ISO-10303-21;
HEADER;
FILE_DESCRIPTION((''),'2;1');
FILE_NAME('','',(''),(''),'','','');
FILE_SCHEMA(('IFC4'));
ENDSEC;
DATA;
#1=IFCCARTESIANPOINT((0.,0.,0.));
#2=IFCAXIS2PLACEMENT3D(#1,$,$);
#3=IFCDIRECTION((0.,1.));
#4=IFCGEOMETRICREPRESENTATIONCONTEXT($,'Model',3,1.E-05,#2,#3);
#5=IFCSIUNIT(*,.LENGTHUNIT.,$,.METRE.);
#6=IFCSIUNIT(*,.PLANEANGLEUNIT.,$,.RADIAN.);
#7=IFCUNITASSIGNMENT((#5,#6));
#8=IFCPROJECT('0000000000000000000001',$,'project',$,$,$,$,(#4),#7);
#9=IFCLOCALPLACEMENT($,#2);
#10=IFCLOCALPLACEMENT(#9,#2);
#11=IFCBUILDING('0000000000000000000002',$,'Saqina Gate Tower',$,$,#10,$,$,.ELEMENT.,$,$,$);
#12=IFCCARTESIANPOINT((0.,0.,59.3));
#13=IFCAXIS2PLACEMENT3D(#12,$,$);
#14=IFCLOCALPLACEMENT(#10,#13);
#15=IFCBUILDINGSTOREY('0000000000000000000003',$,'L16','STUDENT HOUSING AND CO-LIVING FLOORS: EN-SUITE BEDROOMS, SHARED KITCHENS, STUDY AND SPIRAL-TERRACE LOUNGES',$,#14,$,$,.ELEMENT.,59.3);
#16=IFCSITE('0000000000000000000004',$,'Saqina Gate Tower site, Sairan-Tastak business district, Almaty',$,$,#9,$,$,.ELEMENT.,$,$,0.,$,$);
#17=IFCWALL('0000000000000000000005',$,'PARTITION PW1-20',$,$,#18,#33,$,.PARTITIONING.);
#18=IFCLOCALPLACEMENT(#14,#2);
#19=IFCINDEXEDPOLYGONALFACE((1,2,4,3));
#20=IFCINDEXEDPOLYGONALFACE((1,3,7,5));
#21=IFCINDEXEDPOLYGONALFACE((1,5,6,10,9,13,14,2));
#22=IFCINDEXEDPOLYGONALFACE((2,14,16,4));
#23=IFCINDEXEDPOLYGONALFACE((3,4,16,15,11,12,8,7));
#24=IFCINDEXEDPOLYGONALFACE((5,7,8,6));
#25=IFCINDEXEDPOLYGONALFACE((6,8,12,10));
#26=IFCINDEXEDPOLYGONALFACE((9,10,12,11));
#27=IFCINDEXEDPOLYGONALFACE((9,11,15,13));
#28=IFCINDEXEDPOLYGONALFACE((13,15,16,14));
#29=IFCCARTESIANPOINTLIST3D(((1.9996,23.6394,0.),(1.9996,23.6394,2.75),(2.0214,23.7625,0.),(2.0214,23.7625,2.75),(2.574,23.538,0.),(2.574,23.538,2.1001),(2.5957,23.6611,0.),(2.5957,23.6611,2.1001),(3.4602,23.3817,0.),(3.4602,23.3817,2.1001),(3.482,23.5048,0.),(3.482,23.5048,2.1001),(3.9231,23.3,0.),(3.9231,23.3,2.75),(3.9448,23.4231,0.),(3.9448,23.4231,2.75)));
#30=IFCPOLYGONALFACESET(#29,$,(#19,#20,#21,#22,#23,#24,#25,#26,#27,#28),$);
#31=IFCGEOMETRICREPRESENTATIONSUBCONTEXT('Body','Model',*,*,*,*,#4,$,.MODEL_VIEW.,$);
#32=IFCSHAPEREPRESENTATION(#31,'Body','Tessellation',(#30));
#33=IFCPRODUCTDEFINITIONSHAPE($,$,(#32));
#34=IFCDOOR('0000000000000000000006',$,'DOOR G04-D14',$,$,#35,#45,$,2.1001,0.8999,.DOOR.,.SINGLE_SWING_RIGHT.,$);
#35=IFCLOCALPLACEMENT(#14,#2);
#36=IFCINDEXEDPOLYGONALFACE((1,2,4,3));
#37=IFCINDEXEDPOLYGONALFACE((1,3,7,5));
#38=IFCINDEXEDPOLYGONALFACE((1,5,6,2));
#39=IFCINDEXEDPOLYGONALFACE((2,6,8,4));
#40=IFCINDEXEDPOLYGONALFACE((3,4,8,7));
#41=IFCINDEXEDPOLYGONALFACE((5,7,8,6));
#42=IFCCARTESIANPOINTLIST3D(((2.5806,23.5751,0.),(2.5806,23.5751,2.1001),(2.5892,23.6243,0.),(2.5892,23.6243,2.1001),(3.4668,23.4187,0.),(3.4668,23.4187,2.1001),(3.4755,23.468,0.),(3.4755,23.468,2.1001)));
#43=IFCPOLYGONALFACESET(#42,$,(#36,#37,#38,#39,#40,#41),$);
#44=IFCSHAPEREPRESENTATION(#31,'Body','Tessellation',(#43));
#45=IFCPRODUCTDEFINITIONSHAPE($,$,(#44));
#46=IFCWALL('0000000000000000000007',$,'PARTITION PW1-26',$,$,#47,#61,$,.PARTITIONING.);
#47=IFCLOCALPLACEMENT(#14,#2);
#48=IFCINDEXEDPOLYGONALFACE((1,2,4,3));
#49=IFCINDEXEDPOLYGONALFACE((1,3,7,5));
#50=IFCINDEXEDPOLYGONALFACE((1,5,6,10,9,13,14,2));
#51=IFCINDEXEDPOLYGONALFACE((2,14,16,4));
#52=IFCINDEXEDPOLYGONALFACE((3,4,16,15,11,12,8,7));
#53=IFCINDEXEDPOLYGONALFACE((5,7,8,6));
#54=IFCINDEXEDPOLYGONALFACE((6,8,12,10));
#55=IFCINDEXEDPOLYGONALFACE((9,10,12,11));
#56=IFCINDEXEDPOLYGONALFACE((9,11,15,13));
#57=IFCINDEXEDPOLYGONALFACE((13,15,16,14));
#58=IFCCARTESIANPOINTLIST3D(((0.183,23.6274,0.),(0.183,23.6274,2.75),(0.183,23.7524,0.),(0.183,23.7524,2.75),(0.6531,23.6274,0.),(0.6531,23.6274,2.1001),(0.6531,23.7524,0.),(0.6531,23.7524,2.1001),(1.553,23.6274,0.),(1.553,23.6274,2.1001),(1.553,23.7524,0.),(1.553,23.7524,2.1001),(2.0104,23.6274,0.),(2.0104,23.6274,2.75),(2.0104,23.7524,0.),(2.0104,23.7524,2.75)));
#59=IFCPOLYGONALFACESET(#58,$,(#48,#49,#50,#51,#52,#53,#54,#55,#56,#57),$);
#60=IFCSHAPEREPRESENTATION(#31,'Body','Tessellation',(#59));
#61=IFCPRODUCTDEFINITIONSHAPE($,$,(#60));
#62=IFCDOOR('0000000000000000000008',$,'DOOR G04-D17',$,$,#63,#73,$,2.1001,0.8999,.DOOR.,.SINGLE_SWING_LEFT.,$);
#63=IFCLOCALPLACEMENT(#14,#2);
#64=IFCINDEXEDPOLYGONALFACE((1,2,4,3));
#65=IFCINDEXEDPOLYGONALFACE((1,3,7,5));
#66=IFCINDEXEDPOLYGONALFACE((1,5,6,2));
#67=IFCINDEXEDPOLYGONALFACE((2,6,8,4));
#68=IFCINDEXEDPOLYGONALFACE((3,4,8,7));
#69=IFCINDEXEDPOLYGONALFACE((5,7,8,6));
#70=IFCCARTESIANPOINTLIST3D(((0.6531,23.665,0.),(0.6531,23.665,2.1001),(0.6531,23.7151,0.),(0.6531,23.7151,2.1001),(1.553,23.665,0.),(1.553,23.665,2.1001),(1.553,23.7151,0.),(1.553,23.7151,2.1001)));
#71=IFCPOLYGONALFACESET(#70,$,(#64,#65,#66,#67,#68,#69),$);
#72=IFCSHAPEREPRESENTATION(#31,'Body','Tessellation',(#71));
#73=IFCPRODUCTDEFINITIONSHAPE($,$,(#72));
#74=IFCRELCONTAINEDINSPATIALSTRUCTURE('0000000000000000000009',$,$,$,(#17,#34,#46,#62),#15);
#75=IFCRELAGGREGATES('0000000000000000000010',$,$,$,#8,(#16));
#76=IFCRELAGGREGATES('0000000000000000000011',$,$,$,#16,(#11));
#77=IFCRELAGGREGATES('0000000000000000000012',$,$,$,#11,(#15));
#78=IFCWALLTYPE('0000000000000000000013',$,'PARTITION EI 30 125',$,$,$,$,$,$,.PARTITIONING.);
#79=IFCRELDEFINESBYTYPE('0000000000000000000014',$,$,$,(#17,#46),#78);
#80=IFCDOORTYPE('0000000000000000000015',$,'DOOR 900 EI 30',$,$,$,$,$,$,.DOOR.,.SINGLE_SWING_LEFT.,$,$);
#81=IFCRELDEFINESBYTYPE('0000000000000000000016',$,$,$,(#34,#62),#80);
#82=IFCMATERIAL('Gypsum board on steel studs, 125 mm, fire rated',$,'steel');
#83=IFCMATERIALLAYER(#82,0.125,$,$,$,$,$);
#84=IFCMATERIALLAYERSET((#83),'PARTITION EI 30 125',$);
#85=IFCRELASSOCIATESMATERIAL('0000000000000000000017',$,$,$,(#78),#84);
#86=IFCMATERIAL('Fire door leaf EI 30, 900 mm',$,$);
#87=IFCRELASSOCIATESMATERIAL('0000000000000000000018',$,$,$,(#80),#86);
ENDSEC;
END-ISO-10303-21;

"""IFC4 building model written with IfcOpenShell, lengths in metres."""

from ifc_helpers import new_model, si_unit, direction, frame, frame_2d, origin, place, context, subcontext, project, spatial, rectangle, extrude, material, layer, layer_set, type_object, element, fill, save


model = new_model("IFC4")

# Units and contexts
model_context = context("Model", 3, precision=1e-05, world=origin(), true_north=direction((0.0, 1.0)))
body_context = subcontext(model_context, "Body", "Model", "MODEL_VIEW")
ifc_project = project(units=[si_unit("LENGTHUNIT", "METRE"), si_unit("PLANEANGLEUNIT", "RADIAN")], contexts=[model_context])

# Site, building, storey
site_placement = place(None, origin())
site = spatial("IfcSite", under=ifc_project, at=site_placement, Name="Saqina Gate Tower site, Sairan-Tastak business district, Almaty", CompositionType="ELEMENT", RefElevation=0.0)
building_placement = place(site_placement, origin())
building = spatial("IfcBuilding", under=site, at=building_placement, Name="Saqina Gate Tower", CompositionType="ELEMENT")
storey_placement = place(building_placement, frame((0.0, 0.0, 59.3)))
storey = spatial("IfcBuildingStorey", under=building, at=storey_placement, Name="L16", Description="STUDENT HOUSING AND CO-LIVING FLOORS: EN-SUITE BEDROOMS, SHARED KITCHENS, STUDY AND SPIRAL-TERRACE LOUNGES", CompositionType="ELEMENT", Elevation=59.3)

# Walls, openings, doors
ifc_material_1 = material(Name="Gypsum board on steel studs, 125 mm, fire rated", Category="steel")
ifc_layer_1 = layer(ifc_material_1, 0.125)
ifc_layer_set_1 = layer_set([ifc_layer_1], Name="PARTITION EI 30 125")
wall_type_1 = type_object("IfcWallType", Name="PARTITION EI 30 125", PredefinedType="PARTITIONING", material=ifc_layer_set_1)
wall_1_placement = place(storey_placement, frame((2.0105, 23.7009, 0.0), z_axis=(0.0, 0.0, 1.0), x_axis=(0.984789, -0.173757, 0.0)))
wall_1 = element("IfcWall", 1, at=wall_1_placement, inside=storey, type_object=wall_type_1, Name="PARTITION PW1-20", PredefinedType="PARTITIONING", context=body_context, shape_type="SweptSolid", body=[
    extrude(rectangle(XDim=1.9531, YDim=0.125, at=frame_2d((0.9766, 0.0))), origin(), (0.0, 0.0, 1.0), 2.75),
])
opening_1_placement = place(wall_1_placement, frame((0.5833, 0.0, 0.0)))
opening_1 = element("IfcOpeningElement", 2, at=opening_1_placement, cuts=wall_1, PredefinedType="OPENING", context=body_context, shape_type="SweptSolid", body=[
    extrude(rectangle(XDim=0.8999, YDim=2.1001, at=frame_2d((0.45, 1.05))), frame((0.0, 0.0745, 0.0), z_axis=(0.0, -1.0, 0.0), x_axis=(1.0, 0.0, 0.0)), (0.0, 0.0, 1.0), 0.1489),
])
ifc_material_2 = material(Name="Fire door leaf EI 30, 900 mm")
door_type_1 = type_object("IfcDoorType", Name="DOOR 900 EI 30", OperationType="SINGLE_SWING_LEFT", PredefinedType="DOOR", material=ifc_material_2)
door_1_placement = place(opening_1_placement, frame((0.8999, 0.0, 0.0), z_axis=(0.0, 0.0, 1.0), x_axis=(-1.0, 0.0, 0.0)))
door_1 = element("IfcDoor", 3, at=door_1_placement, inside=storey, type_object=door_type_1, Name="DOOR G04-D14", OperationType="SINGLE_SWING_RIGHT", OverallHeight=2.1001, OverallWidth=0.8999, PredefinedType="DOOR", context=body_context, shape_type="SweptSolid", body=[
    extrude(rectangle(XDim=0.8999, YDim=2.1001, at=frame_2d((0.45, 1.05))), frame((0.0, 0.0249, 0.0), z_axis=(0.0, -1.0, 0.0), x_axis=(1.0, 0.0, 0.0)), (0.0, 0.0, 1.0), 0.05),
])
fill(opening_1, door_1)
wall_2_placement = place(storey_placement, frame((0.1831, 23.6899, 0.0), z_axis=(0.0, 0.0, 1.0), x_axis=(1.0, 0.0, 0.0)))
wall_2 = element("IfcWall", 4, at=wall_2_placement, inside=storey, type_object=wall_type_1, Name="PARTITION PW1-26", PredefinedType="PARTITIONING", context=body_context, shape_type="SweptSolid", body=[
    extrude(rectangle(XDim=1.8274, YDim=0.125, at=frame_2d((0.9136, 0.0))), origin(), (0.0, 0.0, 1.0), 2.75),
])
opening_2_placement = place(wall_2_placement, frame((0.47, 0.0, 0.0)))
opening_2 = element("IfcOpeningElement", 5, at=opening_2_placement, cuts=wall_2, PredefinedType="OPENING", context=body_context, shape_type="SweptSolid", body=[
    extrude(rectangle(XDim=0.8999, YDim=2.1001, at=frame_2d((0.45, 1.05))), frame((0.0, 0.0745, 0.0), z_axis=(0.0, -1.0, 0.0), x_axis=(1.0, 0.0, 0.0)), (0.0, 0.0, 1.0), 0.1489),
])
door_2_placement = place(opening_2_placement, frame((0.8999, 0.0, 0.0), z_axis=(0.0, 0.0, 1.0), x_axis=(-1.0, 0.0, 0.0)))
door_2 = element("IfcDoor", 6, at=door_2_placement, inside=storey, type_object=door_type_1, Name="DOOR G04-D17", OperationType="SINGLE_SWING_LEFT", OverallHeight=2.1001, OverallWidth=0.8999, PredefinedType="DOOR", context=body_context, shape_type="SweptSolid", body=[
    extrude(rectangle(XDim=0.8999, YDim=2.1001, at=frame_2d((0.45, 1.05))), frame((0.0, 0.0249, 0.0), z_axis=(0.0, -1.0, 0.0), x_axis=(1.0, 0.0, 0.0)), (0.0, 0.0, 1.0), 0.05),
])
fill(opening_2, door_2)

save(model, "model.ifc")
